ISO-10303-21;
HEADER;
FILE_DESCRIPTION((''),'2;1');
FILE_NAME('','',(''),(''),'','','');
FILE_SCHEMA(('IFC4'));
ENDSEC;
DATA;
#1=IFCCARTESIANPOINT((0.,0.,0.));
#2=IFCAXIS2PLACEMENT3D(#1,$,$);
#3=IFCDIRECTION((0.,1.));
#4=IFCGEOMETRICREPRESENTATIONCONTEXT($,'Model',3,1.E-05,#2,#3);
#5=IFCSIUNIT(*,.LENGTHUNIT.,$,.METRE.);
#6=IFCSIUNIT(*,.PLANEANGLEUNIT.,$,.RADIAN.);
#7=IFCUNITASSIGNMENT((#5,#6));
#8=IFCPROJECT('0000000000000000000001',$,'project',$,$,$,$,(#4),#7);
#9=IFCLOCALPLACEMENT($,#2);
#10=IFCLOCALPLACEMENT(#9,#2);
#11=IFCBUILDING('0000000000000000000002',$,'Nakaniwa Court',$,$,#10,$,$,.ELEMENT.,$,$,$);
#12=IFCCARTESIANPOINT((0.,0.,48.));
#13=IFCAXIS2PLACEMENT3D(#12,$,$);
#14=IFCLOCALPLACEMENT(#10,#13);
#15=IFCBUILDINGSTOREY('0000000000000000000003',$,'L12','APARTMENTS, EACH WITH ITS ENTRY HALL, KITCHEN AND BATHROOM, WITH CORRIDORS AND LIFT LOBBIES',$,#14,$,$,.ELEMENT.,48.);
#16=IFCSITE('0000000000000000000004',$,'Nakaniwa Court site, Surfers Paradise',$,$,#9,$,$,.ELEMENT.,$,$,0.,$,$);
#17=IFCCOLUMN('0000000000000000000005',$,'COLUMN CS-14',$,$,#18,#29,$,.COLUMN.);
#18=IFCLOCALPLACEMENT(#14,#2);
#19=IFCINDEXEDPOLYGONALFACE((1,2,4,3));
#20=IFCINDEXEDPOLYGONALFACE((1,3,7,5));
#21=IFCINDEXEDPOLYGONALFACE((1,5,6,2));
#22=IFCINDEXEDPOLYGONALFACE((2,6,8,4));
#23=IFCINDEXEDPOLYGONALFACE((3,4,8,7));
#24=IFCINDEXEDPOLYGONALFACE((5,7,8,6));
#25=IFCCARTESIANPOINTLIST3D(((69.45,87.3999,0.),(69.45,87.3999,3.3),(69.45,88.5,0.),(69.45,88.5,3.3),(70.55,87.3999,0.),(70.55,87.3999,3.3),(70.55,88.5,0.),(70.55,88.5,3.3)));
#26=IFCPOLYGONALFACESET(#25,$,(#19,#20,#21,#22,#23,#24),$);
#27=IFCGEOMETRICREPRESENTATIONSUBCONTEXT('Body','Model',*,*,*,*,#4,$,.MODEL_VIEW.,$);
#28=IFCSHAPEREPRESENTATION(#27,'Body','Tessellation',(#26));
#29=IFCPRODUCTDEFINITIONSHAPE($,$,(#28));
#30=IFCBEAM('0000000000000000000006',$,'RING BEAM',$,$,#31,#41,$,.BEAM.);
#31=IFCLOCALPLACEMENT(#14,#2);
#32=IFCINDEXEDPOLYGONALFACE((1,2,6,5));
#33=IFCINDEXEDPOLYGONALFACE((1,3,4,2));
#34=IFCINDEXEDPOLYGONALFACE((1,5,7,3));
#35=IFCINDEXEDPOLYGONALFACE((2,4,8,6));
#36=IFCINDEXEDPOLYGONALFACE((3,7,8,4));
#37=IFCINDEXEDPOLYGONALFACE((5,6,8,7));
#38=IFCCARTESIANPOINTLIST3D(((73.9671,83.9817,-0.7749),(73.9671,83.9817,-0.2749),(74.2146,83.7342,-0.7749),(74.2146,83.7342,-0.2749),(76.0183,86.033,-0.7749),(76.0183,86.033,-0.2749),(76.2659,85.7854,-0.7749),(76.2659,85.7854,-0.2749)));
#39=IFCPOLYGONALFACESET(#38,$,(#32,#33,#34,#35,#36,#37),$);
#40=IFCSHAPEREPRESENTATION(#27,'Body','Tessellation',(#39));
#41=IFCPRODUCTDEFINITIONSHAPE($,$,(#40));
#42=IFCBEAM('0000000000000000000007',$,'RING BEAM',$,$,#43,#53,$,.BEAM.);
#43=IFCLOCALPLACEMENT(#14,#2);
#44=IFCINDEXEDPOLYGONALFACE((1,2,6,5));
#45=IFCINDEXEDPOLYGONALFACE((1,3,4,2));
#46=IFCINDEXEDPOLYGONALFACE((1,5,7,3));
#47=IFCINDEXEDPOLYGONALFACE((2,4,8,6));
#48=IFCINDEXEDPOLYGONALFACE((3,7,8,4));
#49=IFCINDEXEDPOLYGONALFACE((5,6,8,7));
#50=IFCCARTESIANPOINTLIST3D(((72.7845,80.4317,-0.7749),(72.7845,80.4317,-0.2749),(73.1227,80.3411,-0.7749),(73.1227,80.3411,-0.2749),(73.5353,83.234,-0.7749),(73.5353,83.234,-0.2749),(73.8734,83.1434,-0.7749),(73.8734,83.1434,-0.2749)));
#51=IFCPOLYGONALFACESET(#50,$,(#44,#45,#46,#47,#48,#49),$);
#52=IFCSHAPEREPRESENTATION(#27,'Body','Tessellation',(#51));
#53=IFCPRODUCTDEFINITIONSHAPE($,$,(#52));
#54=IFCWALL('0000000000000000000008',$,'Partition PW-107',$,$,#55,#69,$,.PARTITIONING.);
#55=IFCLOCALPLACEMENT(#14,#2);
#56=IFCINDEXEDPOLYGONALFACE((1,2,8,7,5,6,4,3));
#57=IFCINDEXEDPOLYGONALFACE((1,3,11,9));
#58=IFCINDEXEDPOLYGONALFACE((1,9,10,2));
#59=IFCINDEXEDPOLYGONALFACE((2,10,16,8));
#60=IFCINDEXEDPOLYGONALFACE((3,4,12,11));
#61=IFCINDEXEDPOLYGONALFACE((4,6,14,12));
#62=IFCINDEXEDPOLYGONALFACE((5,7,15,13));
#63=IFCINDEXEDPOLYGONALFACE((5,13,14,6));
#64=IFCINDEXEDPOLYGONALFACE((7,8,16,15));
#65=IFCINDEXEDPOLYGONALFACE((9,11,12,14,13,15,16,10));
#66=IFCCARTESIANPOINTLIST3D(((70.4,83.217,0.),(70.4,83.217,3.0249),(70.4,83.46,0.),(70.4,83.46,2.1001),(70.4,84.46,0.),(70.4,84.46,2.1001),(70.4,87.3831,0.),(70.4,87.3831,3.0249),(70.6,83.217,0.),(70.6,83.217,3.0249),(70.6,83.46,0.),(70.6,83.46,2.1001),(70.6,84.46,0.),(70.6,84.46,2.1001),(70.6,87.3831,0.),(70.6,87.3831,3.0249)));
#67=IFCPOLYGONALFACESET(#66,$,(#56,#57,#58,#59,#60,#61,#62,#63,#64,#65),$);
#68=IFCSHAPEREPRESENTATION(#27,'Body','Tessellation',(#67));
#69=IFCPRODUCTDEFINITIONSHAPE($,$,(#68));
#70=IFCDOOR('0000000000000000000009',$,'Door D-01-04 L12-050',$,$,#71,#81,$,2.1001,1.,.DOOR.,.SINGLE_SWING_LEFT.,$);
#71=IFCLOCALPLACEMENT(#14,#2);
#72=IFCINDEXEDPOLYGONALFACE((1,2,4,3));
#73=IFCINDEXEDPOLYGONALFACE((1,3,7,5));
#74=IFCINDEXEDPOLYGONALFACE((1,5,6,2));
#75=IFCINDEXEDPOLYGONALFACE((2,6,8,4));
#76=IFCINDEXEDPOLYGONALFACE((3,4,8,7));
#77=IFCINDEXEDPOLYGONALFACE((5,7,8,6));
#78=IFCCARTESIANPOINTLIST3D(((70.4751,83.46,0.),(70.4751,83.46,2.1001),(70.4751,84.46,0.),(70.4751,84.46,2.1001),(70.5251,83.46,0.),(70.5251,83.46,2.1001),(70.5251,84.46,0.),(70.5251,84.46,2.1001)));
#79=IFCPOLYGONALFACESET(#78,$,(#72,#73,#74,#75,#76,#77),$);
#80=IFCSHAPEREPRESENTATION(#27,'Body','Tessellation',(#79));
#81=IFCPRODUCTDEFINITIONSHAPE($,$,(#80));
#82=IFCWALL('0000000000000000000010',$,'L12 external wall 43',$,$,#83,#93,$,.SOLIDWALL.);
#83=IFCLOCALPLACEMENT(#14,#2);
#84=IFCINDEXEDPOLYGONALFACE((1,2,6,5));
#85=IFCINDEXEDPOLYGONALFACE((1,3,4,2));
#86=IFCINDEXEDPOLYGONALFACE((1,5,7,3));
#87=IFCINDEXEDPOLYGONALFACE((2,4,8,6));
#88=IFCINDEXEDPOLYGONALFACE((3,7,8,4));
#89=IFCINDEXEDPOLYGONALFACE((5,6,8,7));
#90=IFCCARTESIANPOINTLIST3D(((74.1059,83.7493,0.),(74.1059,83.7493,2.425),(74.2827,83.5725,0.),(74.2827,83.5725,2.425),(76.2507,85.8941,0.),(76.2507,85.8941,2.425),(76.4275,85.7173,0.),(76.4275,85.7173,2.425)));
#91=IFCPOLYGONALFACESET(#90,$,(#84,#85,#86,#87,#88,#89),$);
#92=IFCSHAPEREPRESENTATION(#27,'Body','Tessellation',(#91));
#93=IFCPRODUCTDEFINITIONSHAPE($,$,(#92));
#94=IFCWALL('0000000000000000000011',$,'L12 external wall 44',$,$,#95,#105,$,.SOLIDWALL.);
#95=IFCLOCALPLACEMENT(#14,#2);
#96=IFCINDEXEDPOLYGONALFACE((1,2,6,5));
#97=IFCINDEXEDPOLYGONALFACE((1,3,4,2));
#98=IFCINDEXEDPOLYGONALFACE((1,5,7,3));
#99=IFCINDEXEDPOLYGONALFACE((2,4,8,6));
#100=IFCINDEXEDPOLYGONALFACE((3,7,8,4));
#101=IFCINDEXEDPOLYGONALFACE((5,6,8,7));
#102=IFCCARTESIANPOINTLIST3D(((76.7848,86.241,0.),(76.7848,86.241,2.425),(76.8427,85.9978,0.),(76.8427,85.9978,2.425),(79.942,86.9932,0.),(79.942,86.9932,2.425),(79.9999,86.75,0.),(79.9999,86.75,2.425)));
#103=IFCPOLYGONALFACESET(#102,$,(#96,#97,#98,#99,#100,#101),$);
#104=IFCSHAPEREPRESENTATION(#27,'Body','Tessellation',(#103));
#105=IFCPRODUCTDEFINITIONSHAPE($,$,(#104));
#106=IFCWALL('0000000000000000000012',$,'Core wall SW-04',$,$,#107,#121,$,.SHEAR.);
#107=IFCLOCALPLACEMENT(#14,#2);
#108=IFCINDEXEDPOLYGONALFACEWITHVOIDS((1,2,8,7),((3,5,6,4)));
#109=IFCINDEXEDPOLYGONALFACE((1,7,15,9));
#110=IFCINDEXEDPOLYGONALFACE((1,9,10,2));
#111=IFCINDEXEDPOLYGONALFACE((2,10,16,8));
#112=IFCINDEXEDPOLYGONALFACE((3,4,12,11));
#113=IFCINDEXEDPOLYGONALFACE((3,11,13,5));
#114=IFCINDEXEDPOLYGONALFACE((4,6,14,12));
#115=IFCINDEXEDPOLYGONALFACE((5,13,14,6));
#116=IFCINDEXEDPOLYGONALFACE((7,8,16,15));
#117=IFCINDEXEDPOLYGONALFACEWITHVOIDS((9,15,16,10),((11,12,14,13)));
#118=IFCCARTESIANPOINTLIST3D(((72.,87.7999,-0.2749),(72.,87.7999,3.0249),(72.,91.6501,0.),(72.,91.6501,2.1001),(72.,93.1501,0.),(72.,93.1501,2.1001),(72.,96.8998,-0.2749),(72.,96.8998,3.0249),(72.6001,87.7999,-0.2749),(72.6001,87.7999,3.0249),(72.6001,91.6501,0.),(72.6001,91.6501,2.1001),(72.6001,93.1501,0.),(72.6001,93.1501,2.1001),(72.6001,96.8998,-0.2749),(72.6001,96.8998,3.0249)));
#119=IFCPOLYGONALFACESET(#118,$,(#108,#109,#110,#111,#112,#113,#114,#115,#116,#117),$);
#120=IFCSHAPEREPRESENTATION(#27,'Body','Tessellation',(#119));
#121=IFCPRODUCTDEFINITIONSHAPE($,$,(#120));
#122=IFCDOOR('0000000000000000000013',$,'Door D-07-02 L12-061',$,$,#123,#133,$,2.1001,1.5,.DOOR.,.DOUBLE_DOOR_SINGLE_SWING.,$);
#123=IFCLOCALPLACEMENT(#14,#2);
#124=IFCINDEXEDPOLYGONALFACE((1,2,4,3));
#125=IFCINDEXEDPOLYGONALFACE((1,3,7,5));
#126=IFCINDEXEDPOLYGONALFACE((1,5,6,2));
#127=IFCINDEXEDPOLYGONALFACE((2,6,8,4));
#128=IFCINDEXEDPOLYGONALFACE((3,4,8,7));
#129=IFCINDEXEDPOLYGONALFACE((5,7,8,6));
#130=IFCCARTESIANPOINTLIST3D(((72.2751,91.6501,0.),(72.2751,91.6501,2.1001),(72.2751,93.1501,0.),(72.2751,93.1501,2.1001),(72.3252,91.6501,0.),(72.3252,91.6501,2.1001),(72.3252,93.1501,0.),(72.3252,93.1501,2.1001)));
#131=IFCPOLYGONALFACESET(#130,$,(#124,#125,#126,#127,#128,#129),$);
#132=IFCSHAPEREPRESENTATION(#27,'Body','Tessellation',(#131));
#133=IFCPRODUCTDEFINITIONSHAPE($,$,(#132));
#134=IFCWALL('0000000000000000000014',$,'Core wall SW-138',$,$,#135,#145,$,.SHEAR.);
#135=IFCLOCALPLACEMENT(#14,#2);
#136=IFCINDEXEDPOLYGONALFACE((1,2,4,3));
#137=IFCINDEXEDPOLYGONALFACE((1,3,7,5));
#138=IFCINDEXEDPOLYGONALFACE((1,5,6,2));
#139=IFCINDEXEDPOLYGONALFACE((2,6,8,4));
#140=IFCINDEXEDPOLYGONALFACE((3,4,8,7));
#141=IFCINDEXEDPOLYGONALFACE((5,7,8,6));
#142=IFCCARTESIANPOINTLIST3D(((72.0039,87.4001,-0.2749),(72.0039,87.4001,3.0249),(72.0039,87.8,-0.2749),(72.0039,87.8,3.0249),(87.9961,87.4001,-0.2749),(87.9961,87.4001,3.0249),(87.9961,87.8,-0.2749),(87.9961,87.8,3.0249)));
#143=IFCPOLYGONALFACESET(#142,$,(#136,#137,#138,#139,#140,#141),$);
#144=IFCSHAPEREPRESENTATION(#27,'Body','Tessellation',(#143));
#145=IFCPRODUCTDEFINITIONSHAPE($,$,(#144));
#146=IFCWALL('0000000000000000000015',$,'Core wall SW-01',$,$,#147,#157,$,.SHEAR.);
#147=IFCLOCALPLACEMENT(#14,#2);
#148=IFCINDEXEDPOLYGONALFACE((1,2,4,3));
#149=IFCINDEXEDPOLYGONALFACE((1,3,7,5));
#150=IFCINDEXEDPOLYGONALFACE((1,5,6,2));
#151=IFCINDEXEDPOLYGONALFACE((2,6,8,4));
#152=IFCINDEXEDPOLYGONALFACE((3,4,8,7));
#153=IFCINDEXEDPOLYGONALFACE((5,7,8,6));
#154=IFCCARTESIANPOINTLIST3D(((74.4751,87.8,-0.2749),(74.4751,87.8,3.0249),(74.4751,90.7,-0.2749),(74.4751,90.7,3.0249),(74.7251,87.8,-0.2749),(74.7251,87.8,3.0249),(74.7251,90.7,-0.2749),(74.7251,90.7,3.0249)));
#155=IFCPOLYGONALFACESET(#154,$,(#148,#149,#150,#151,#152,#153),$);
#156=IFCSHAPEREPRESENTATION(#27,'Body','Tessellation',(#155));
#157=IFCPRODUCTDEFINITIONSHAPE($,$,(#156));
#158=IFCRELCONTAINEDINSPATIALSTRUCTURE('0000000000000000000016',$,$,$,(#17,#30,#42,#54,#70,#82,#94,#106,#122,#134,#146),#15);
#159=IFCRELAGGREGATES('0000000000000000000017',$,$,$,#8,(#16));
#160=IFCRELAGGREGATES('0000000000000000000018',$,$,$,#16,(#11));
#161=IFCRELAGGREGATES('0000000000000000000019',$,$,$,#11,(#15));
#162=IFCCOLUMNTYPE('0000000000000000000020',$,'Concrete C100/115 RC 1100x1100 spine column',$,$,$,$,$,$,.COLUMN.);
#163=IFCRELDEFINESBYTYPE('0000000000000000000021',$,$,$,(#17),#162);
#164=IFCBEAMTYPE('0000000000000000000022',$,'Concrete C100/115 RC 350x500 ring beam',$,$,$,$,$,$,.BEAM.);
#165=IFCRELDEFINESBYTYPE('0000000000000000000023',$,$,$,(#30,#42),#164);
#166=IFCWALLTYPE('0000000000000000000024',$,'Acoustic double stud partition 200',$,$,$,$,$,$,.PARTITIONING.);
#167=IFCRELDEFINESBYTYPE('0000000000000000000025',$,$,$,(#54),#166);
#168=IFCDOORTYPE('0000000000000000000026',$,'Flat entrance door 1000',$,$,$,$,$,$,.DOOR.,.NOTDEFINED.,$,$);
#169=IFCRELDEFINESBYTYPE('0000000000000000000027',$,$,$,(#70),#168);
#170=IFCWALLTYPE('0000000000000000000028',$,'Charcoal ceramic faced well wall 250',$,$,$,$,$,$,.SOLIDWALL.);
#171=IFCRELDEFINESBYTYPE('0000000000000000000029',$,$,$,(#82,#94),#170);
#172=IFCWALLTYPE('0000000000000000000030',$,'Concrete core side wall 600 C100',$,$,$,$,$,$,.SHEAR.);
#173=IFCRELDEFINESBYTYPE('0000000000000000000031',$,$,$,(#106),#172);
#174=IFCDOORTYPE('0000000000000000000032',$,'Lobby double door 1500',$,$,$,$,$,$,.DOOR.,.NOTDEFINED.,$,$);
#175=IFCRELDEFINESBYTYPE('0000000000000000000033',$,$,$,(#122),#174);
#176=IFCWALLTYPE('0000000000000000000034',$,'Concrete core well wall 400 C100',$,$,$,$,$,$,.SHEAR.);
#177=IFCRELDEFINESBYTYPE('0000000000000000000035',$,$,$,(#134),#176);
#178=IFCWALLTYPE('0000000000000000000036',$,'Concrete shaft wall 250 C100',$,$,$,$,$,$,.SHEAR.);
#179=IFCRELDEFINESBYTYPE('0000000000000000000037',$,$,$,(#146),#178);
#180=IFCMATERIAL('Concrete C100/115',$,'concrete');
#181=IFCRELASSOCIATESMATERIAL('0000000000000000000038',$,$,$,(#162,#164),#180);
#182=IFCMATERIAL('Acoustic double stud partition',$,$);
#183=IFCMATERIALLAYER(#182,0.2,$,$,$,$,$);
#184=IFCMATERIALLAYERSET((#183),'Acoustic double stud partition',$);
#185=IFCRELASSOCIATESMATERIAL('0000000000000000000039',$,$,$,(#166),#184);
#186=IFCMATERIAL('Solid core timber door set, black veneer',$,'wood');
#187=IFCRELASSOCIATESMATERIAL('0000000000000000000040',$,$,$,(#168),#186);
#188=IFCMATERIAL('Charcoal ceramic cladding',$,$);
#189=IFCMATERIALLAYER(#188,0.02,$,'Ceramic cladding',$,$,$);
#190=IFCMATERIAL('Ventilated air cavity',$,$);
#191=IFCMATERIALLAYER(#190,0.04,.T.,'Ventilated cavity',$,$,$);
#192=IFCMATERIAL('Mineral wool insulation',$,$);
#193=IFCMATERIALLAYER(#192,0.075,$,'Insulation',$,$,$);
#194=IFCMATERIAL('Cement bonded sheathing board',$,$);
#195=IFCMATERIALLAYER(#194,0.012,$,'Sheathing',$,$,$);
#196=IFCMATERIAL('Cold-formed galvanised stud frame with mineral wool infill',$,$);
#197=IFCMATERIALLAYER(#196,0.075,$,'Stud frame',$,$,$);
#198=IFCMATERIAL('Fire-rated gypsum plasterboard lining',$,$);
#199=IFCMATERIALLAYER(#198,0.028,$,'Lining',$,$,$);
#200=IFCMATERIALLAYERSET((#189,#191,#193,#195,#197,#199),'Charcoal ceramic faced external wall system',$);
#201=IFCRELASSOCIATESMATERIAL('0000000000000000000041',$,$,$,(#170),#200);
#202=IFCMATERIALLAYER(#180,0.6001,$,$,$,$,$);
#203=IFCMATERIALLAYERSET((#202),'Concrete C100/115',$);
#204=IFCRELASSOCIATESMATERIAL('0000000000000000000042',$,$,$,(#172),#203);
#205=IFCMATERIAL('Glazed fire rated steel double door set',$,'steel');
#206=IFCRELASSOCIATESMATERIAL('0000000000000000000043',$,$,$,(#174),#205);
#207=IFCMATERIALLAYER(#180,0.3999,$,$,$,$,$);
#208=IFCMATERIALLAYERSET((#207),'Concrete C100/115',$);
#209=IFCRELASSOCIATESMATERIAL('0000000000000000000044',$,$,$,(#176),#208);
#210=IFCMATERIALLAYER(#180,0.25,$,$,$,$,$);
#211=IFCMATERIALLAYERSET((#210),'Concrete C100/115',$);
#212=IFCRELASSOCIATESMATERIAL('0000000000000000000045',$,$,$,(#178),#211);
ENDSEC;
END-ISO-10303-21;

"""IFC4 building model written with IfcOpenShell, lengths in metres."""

from ifc_helpers import new_model, si_unit, direction, frame, frame_2d, origin, origin_2d, place, context, subcontext, project, spatial, rectangle, extrude, material, layer, layer_set, material_profile, profile_set, type_object, element, fill, save


model = new_model("IFC4")

# Units and contexts
model_context = context("Model", 3, precision=1e-05, world=origin(), true_north=direction((0.0, 1.0)))
body_context = subcontext(model_context, "Body", "Model", "MODEL_VIEW")
ifc_project = project(units=[si_unit("LENGTHUNIT", "METRE"), si_unit("PLANEANGLEUNIT", "RADIAN")], contexts=[model_context])

# Site, building, storey
site_placement = place(None, origin())
site = spatial("IfcSite", under=ifc_project, at=site_placement, Name="Nakaniwa Court site, Surfers Paradise", CompositionType="ELEMENT", RefElevation=0.0)
building_placement = place(site_placement, origin())
building = spatial("IfcBuilding", under=site, at=building_placement, Name="Nakaniwa Court", CompositionType="ELEMENT")
storey_placement = place(building_placement, frame((0.0, 0.0, 48.0)))
storey = spatial("IfcBuildingStorey", under=building, at=storey_placement, Name="L12", Description="APARTMENTS, EACH WITH ITS ENTRY HALL, KITCHEN AND BATHROOM, WITH CORRIDORS AND LIFT LOBBIES", CompositionType="ELEMENT", Elevation=48.0)

# Column
ifc_material_1 = material(Name="Concrete C100/115", Category="concrete")
ifc_material_profile_1 = material_profile(ifc_material_1, rectangle(XDim=1.1001, YDim=1.1001, at=origin_2d()), Name="Concrete C100/115 RC 1100x1100 spine column")
ifc_profile_set_1 = profile_set([ifc_material_profile_1], Name="Concrete C100/115")
column_type_1 = type_object("IfcColumnType", Name="Concrete C100/115 RC 1100x1100 spine column", PredefinedType="COLUMN", material=ifc_profile_set_1)
column_placement = place(storey_placement, frame((70.0, 87.95, 0.0), z_axis=(0.0, 0.0, 1.0), x_axis=(0.0, -1.0, 0.0)))
element("IfcColumn", 1, at=column_placement, inside=storey, type_object=column_type_1, Name="COLUMN CS-14", PredefinedType="COLUMN", context=body_context, shape_type="SweptSolid", body=[
    extrude(rectangle(XDim=1.1001, YDim=1.1001, at=origin_2d()), origin(), (0.0, 0.0, 1.0), 3.3),
])

# Beams
ifc_material_profile_2 = material_profile(ifc_material_1, rectangle(XDim=0.3501, YDim=0.5, at=origin_2d()), Name="Concrete C100/115 RC 350x500 ring beam")
ifc_profile_set_2 = profile_set([ifc_material_profile_2], Name="Concrete C100/115")
beam_type = type_object("IfcBeamType", Name="Concrete C100/115 RC 350x500 ring beam", PredefinedType="BEAM", material=ifc_profile_set_2)
beam_1_placement = place(storey_placement, frame((76.1421, 85.9092, -0.5249), z_axis=(-0.707107, -0.707107, 0.0), x_axis=(0.707107, -0.707107, 0.0)))
element("IfcBeam", 2, at=beam_1_placement, inside=storey, type_object=beam_type, Name="RING BEAM", PredefinedType="BEAM", context=body_context, shape_type="SweptSolid", body=[
    extrude(rectangle(XDim=0.3501, YDim=0.5, at=origin_2d()), origin(), (0.0, 0.0, 1.0), 2.9009),
])
beam_2_placement = place(storey_placement, frame((73.7043, 83.1887, -0.5249), z_axis=(-0.258778, -0.965937, 0.0), x_axis=(0.965937, -0.258778, 0.0)))
element("IfcBeam", 3, at=beam_2_placement, inside=storey, type_object=beam_type, Name="RING BEAM", PredefinedType="BEAM", context=body_context, shape_type="SweptSolid", body=[
    extrude(rectangle(XDim=0.3501, YDim=0.5, at=origin_2d()), origin(), (0.0, 0.0, 1.0), 2.9011),
])

# Wall, opening, door
ifc_material_2 = material(Name="Acoustic double stud partition")
ifc_layer_1 = layer(ifc_material_2, 0.2)
ifc_layer_set_1 = layer_set([ifc_layer_1], Name="Acoustic double stud partition")
wall_type_1 = type_object("IfcWallType", Name="Acoustic double stud partition 200", PredefinedType="PARTITIONING", material=ifc_layer_set_1)
wall_1_placement = place(storey_placement, frame((70.5, 83.217, 0.0), z_axis=(0.0, 0.0, 1.0), x_axis=(0.0, 1.0, 0.0)))
wall_1 = element("IfcWall", 4, at=wall_1_placement, inside=storey, type_object=wall_type_1, Name="Partition PW-107", PredefinedType="PARTITIONING", context=body_context, shape_type="SweptSolid", body=[
    extrude(rectangle(XDim=4.166, YDim=0.2, at=frame_2d((2.083, 0.0))), origin(), (0.0, 0.0, 1.0), 3.0249),
])
opening_1_placement = place(wall_1_placement, frame((0.2429, 0.0, 0.0)))
opening_1 = element("IfcOpeningElement", 5, at=opening_1_placement, cuts=wall_1, PredefinedType="OPENING", context=body_context, shape_type="SweptSolid", body=[
    extrude(rectangle(XDim=1.0, YDim=2.1001, at=frame_2d((0.5, 1.05))), frame((0.0, 0.1099, 0.0), z_axis=(0.0, -1.0, 0.0), x_axis=(1.0, 0.0, 0.0)), (0.0, 0.0, 1.0), 0.22),
])
ifc_material_3 = material(Name="Solid core timber door set, black veneer", Category="wood")
door_type_1 = type_object("IfcDoorType", Name="Flat entrance door 1000", OperationType="NOTDEFINED", PredefinedType="DOOR", material=ifc_material_3)
door_1_placement = place(opening_1_placement, origin())
door_1 = element("IfcDoor", 6, at=door_1_placement, inside=storey, type_object=door_type_1, Name="Door D-01-04 L12-050", OperationType="SINGLE_SWING_LEFT", OverallHeight=2.1001, OverallWidth=1.0, PredefinedType="DOOR", context=body_context, shape_type="SweptSolid", body=[
    extrude(rectangle(XDim=1.0, YDim=2.1001, at=frame_2d((0.5, 1.05))), frame((0.0, 0.0249, 0.0), z_axis=(0.0, -1.0, 0.0), x_axis=(1.0, 0.0, 0.0)), (0.0, 0.0, 1.0), 0.05),
])
fill(opening_1, door_1)

# Walls
ifc_material_4 = material(Name="Charcoal ceramic cladding")
ifc_layer_2 = layer(ifc_material_4, 0.02, Name="Ceramic cladding")
ifc_material_5 = material(Name="Ventilated air cavity")
ifc_layer_3 = layer(ifc_material_5, 0.04, ventilated=True, Name="Ventilated cavity")
ifc_material_6 = material(Name="Mineral wool insulation")
ifc_layer_4 = layer(ifc_material_6, 0.075, Name="Insulation")
ifc_material_7 = material(Name="Cement bonded sheathing board")
ifc_layer_5 = layer(ifc_material_7, 0.012, Name="Sheathing")
ifc_material_8 = material(Name="Cold-formed galvanised stud frame with mineral wool infill")
ifc_layer_6 = layer(ifc_material_8, 0.075, Name="Stud frame")
ifc_material_9 = material(Name="Fire-rated gypsum plasterboard lining")
ifc_layer_7 = layer(ifc_material_9, 0.028, Name="Lining")
ifc_layer_set_2 = layer_set([ifc_layer_2, ifc_layer_3, ifc_layer_4, ifc_layer_5, ifc_layer_6, ifc_layer_7], Name="Charcoal ceramic faced external wall system")
wall_type_2 = type_object("IfcWallType", Name="Charcoal ceramic faced well wall 250", PredefinedType="SOLIDWALL", material=ifc_layer_set_2)
wall_2_placement = place(storey_placement, frame((74.1943, 83.6609, 0.0), z_axis=(0.0, 0.0, 1.0), x_axis=(0.707107, 0.707107, 0.0)))
element("IfcWall", 7, at=wall_2_placement, inside=storey, type_object=wall_type_2, Name="L12 external wall 43", PredefinedType="SOLIDWALL", context=body_context, shape_type="SweptSolid", body=[
    extrude(rectangle(XDim=3.0332, YDim=0.25, at=frame_2d((1.5166, 0.0))), origin(), (0.0, 0.0, 1.0), 2.425),
])
wall_3_placement = place(storey_placement, frame((76.8137, 86.1194, 0.0), z_axis=(0.0, 0.0, 1.0), x_axis=(0.972773, 0.23176, 0.0)))
element("IfcWall", 8, at=wall_3_placement, inside=storey, type_object=wall_type_2, Name="L12 external wall 44", PredefinedType="SOLIDWALL", context=body_context, shape_type="SweptSolid", body=[
    extrude(rectangle(XDim=3.2456, YDim=0.25, at=frame_2d((1.6228, 0.0))), origin(), (0.0, 0.0, 1.0), 2.425),
])

# Wall, opening, door
ifc_layer_8 = layer(ifc_material_1, 0.6001)
ifc_layer_set_3 = layer_set([ifc_layer_8], Name="Concrete C100/115")
wall_type_3 = type_object("IfcWallType", Name="Concrete core side wall 600 C100", PredefinedType="SHEAR", material=ifc_layer_set_3)
wall_4_placement = place(storey_placement, frame((72.3, 87.8, -0.2749), z_axis=(0.0, 0.0, 1.0), x_axis=(0.0, 1.0, 0.0)))
wall_4 = element("IfcWall", 9, at=wall_4_placement, inside=storey, type_object=wall_type_3, Name="Core wall SW-04", PredefinedType="SHEAR", context=body_context, shape_type="SweptSolid", body=[
    extrude(rectangle(XDim=9.0999, YDim=0.6001, at=frame_2d((4.5498, 0.0))), origin(), (0.0, 0.0, 1.0), 3.2998),
])
opening_2_placement = place(wall_4_placement, frame((3.8501, 0.0, 0.2749)))
opening_2 = element("IfcOpeningElement", 10, at=opening_2_placement, cuts=wall_4, PredefinedType="OPENING", context=body_context, shape_type="SweptSolid", body=[
    extrude(rectangle(XDim=1.5, YDim=2.1001, at=frame_2d((0.75, 1.05))), frame((0.0, 0.3101, 0.0), z_axis=(0.0, -1.0, 0.0), x_axis=(1.0, 0.0, 0.0)), (0.0, 0.0, 1.0), 0.6201),
])
ifc_material_10 = material(Name="Glazed fire rated steel double door set", Category="steel")
door_type_2 = type_object("IfcDoorType", Name="Lobby double door 1500", OperationType="NOTDEFINED", PredefinedType="DOOR", material=ifc_material_10)
door_2_placement = place(opening_2_placement, origin())
door_2 = element("IfcDoor", 11, at=door_2_placement, inside=storey, type_object=door_type_2, Name="Door D-07-02 L12-061", OperationType="DOUBLE_DOOR_SINGLE_SWING", OverallHeight=2.1001, OverallWidth=1.5, PredefinedType="DOOR", context=body_context, shape_type="SweptSolid", body=[
    extrude(rectangle(XDim=1.5, YDim=2.1001, at=frame_2d((0.75, 1.05))), frame((0.0, 0.0249, 0.0), z_axis=(0.0, -1.0, 0.0), x_axis=(1.0, 0.0, 0.0)), (0.0, 0.0, 1.0), 0.05),
])
fill(opening_2, door_2)

# Walls
ifc_layer_9 = layer(ifc_material_1, 0.3999)
ifc_layer_set_4 = layer_set([ifc_layer_9], Name="Concrete C100/115")
wall_type_4 = type_object("IfcWallType", Name="Concrete core well wall 400 C100", PredefinedType="SHEAR", material=ifc_layer_set_4)
wall_5_placement = place(storey_placement, frame((72.0039, 87.6001, -0.2749), z_axis=(0.0, 0.0, 1.0), x_axis=(1.0, 0.0, 0.0)))
element("IfcWall", 12, at=wall_5_placement, inside=storey, type_object=wall_type_4, Name="Core wall SW-138", PredefinedType="SHEAR", context=body_context, shape_type="SweptSolid", body=[
    extrude(rectangle(XDim=15.9922, YDim=0.3999, at=frame_2d((7.9961, 0.0))), origin(), (0.0, 0.0, 1.0), 3.2998),
])
ifc_layer_10 = layer(ifc_material_1, 0.25)
ifc_layer_set_5 = layer_set([ifc_layer_10], Name="Concrete C100/115")
wall_type_5 = type_object("IfcWallType", Name="Concrete shaft wall 250 C100", PredefinedType="SHEAR", material=ifc_layer_set_5)
wall_6_placement = place(storey_placement, frame((74.6001, 87.8, -0.2749), z_axis=(0.0, 0.0, 1.0), x_axis=(0.0, 1.0, 0.0)))
element("IfcWall", 13, at=wall_6_placement, inside=storey, type_object=wall_type_5, Name="Core wall SW-01", PredefinedType="SHEAR", context=body_context, shape_type="SweptSolid", body=[
    extrude(rectangle(XDim=2.8999, YDim=0.25, at=frame_2d((1.45, 0.0))), origin(), (0.0, 0.0, 1.0), 3.2998),
])

save(model, "model.ifc")
